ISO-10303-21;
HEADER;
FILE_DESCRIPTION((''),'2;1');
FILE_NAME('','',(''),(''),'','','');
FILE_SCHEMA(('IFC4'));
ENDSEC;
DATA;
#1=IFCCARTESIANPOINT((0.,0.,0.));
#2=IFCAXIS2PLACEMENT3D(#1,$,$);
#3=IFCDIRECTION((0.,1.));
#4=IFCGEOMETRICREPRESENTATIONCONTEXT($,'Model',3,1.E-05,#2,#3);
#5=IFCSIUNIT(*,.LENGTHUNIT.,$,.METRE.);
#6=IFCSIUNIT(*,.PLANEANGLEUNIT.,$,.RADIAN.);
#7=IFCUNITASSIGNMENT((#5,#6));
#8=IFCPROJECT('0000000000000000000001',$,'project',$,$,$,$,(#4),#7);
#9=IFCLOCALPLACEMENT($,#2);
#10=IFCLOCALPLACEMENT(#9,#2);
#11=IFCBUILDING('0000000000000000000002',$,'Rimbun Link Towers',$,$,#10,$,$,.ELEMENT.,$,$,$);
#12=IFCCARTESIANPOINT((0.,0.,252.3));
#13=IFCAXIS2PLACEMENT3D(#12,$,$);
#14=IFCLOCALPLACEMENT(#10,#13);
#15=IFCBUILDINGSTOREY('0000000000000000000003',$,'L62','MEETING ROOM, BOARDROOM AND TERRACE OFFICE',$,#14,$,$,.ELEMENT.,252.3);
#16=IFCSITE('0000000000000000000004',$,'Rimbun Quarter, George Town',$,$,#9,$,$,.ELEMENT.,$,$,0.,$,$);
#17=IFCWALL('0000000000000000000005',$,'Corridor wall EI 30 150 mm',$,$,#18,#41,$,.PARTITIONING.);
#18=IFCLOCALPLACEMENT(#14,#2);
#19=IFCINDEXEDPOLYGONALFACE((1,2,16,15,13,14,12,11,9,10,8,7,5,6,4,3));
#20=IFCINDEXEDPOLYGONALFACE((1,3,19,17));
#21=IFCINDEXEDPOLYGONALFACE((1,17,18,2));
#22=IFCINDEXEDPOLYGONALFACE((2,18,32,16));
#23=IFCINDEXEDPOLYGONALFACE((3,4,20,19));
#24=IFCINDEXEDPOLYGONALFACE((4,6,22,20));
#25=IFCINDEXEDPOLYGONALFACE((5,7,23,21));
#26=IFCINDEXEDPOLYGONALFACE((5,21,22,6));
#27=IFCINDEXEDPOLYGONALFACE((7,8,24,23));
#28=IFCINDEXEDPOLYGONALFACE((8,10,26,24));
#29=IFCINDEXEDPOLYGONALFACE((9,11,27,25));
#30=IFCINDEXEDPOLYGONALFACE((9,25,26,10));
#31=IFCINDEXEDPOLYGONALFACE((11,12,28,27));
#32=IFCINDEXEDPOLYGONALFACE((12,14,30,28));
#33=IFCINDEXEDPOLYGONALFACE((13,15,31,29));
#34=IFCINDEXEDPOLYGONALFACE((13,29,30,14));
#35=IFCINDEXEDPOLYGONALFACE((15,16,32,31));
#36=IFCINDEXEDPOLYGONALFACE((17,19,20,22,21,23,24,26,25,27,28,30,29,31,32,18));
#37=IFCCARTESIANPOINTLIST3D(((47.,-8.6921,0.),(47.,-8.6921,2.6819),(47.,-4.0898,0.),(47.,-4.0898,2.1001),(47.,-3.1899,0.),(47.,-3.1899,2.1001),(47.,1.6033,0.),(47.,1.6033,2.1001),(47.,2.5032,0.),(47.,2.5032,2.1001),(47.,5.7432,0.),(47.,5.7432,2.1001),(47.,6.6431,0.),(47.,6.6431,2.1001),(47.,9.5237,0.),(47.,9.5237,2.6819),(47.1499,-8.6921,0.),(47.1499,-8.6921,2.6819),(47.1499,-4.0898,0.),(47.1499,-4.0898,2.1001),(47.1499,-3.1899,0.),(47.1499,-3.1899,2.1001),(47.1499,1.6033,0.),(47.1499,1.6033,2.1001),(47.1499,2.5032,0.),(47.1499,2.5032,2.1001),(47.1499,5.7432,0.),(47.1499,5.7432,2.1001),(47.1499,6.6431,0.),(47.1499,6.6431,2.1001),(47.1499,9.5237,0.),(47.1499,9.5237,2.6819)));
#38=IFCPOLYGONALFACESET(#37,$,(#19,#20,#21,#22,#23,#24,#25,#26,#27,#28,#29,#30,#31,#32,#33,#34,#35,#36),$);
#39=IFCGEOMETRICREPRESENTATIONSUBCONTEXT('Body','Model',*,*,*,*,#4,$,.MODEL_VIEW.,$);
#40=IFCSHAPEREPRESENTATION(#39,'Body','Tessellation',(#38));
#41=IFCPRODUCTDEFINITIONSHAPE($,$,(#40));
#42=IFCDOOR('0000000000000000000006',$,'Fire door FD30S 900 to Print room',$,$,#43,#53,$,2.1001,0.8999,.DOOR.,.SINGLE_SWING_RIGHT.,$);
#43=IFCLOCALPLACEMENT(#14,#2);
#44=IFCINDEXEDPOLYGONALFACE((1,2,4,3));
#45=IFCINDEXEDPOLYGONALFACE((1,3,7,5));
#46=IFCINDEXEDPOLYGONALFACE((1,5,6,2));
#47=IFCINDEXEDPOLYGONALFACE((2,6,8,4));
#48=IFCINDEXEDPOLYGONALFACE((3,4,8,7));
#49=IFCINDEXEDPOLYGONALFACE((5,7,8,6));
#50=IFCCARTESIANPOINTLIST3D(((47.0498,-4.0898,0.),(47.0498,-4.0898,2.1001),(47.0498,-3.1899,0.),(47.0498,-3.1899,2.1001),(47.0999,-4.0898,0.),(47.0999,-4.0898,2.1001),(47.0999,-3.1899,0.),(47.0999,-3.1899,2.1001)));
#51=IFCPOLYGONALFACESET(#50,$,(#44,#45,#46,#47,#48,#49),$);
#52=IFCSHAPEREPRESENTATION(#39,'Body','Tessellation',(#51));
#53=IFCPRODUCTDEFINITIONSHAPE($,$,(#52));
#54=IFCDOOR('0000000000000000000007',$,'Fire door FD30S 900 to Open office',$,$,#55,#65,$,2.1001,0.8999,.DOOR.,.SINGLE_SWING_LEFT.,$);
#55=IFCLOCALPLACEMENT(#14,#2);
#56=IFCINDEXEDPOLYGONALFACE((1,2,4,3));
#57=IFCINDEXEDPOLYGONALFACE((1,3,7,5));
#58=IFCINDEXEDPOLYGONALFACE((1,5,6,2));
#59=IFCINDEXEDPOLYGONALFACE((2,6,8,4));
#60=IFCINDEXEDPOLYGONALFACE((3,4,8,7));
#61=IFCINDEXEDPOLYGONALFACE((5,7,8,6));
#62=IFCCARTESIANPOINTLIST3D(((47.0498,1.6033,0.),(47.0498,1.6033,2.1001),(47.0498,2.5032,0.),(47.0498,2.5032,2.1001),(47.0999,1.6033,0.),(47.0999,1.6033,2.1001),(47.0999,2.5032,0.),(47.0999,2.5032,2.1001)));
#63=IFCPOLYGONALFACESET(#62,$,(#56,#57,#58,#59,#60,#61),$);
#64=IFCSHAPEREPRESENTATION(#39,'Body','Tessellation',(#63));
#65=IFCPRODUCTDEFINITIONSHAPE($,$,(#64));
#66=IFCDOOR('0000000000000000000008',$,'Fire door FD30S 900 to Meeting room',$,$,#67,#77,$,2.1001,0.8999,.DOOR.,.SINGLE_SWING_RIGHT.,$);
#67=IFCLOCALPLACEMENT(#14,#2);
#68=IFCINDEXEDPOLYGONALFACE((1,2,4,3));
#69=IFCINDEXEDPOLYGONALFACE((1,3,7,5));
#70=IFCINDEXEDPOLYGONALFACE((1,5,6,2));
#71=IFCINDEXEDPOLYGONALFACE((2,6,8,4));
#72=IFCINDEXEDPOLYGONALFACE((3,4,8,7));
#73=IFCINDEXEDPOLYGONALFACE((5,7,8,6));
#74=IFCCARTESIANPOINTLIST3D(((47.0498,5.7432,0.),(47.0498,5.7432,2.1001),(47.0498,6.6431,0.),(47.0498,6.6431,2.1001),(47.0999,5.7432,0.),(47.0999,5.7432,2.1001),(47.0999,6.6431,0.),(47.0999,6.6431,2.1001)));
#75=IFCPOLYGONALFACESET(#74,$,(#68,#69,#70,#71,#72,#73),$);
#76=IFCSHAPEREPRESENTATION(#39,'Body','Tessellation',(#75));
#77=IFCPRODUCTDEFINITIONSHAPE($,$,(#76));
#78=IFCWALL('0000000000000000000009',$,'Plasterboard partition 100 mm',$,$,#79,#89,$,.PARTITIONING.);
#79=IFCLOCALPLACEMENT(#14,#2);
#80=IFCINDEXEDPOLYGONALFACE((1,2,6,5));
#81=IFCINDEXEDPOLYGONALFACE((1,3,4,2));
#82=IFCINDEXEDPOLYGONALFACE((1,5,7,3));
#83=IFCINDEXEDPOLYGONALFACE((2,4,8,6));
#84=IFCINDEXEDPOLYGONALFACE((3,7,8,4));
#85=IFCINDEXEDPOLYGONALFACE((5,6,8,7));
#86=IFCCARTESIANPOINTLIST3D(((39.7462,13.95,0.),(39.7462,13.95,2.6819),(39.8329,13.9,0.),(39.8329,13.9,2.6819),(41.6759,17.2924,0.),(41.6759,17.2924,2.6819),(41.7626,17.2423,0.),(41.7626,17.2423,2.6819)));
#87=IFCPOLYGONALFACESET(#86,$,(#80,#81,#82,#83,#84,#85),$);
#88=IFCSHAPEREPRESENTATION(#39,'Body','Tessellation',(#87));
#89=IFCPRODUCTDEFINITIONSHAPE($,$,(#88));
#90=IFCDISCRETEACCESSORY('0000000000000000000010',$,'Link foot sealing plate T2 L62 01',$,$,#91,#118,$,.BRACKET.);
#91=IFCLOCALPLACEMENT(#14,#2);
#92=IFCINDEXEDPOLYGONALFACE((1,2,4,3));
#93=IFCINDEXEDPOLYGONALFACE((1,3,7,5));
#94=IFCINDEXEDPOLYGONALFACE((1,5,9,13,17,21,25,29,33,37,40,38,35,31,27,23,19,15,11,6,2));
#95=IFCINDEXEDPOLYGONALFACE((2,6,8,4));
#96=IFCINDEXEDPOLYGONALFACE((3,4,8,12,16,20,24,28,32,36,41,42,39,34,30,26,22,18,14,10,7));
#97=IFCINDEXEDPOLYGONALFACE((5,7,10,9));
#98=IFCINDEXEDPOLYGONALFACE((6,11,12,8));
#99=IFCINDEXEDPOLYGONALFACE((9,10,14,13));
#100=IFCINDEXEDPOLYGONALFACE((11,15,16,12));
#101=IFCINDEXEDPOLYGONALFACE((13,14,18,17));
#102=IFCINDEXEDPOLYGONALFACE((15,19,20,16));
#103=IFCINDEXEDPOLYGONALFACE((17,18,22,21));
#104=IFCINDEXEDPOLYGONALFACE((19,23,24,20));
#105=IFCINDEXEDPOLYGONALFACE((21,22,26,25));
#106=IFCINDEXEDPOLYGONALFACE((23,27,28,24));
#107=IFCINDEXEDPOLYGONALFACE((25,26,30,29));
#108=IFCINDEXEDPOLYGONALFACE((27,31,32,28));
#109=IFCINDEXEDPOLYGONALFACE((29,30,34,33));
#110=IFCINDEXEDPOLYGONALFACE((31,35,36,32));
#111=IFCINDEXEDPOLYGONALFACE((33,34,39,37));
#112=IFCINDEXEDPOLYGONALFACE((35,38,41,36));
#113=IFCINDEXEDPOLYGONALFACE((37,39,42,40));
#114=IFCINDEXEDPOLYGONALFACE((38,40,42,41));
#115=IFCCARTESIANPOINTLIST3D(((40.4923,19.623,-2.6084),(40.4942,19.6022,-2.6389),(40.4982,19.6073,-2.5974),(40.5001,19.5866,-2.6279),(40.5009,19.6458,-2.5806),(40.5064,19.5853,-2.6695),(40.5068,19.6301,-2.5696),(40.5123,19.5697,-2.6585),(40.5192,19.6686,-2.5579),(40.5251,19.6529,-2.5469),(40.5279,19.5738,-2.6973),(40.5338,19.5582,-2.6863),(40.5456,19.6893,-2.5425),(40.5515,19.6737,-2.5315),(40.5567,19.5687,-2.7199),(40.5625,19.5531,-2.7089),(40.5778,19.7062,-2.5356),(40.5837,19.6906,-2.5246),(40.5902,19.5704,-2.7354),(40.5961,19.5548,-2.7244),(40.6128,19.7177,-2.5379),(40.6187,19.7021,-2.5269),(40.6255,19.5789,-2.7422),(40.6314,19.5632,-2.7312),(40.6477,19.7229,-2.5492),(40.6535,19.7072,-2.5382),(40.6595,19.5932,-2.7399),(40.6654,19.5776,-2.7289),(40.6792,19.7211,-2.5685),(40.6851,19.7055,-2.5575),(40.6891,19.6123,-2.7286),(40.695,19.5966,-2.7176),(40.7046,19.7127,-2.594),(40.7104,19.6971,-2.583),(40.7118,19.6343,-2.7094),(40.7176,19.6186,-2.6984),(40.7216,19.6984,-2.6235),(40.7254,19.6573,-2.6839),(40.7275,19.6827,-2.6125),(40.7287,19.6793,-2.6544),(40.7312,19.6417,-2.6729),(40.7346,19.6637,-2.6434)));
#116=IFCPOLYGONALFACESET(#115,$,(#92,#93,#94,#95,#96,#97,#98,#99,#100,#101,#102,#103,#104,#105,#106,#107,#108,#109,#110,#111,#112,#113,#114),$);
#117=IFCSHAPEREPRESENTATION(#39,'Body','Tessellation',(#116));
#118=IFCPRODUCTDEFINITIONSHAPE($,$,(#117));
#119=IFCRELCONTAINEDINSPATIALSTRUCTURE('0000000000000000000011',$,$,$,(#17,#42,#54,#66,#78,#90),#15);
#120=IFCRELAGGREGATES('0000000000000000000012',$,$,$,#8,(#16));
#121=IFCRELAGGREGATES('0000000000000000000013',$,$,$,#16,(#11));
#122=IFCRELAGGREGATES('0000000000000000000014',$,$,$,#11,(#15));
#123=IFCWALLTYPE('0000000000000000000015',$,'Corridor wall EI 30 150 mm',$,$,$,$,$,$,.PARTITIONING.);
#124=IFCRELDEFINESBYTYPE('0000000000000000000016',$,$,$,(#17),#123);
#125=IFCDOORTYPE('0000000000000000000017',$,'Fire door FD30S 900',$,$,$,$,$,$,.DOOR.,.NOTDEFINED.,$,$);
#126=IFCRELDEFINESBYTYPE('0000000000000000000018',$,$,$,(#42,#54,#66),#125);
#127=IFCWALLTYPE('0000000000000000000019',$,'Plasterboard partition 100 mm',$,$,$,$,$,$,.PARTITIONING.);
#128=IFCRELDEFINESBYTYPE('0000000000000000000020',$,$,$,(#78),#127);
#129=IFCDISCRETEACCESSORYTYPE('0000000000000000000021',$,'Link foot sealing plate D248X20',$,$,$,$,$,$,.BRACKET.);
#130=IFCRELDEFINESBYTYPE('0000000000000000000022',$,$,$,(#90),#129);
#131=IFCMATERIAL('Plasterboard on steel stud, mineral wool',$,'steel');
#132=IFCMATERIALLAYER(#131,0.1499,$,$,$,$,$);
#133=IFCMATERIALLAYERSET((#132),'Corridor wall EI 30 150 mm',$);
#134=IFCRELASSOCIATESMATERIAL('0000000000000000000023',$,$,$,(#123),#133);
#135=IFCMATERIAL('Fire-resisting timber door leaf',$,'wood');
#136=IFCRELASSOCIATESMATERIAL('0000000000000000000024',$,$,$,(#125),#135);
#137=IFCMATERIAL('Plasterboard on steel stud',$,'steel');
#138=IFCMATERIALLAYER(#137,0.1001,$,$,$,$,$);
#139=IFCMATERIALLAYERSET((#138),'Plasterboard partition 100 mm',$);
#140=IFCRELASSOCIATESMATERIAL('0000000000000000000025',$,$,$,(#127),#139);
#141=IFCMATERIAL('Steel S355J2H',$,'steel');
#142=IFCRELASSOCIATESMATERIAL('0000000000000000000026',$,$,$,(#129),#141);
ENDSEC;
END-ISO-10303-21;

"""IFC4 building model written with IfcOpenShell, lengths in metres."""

from ifc_helpers import new_model, si_unit, direction, frame, frame_2d, origin, origin_2d, place, context, subcontext, project, spatial, rectangle, circle, extrude, material, layer, layer_set, material_profile, profile_set, type_object, element, fill, save


model = new_model("IFC4")

# Units and contexts
model_context = context("Model", 3, precision=1e-05, world=origin(), true_north=direction((0.0, 1.0)))
body_context = subcontext(model_context, "Body", "Model", "MODEL_VIEW")
ifc_project = project(units=[si_unit("LENGTHUNIT", "METRE"), si_unit("PLANEANGLEUNIT", "RADIAN")], contexts=[model_context])

# Site, building, storey
site_placement = place(None, origin())
site = spatial("IfcSite", under=ifc_project, at=site_placement, Name="Rimbun Quarter, George Town", CompositionType="ELEMENT", RefElevation=0.0)
building_placement = place(site_placement, origin())
building = spatial("IfcBuilding", under=site, at=building_placement, Name="Rimbun Link Towers", CompositionType="ELEMENT")
storey_placement = place(building_placement, frame((0.0, 0.0, 252.3)))
storey = spatial("IfcBuildingStorey", under=building, at=storey_placement, Name="L62", Description="MEETING ROOM, BOARDROOM AND TERRACE OFFICE", CompositionType="ELEMENT", Elevation=252.3)

# Wall, openings, doors
ifc_material_1 = material(Name="Plasterboard on steel stud, mineral wool", Category="steel")
ifc_layer_1 = layer(ifc_material_1, 0.1499)
ifc_layer_set_1 = layer_set([ifc_layer_1], Name="Corridor wall EI 30 150 mm")
wall_type_1 = type_object("IfcWallType", Name="Corridor wall EI 30 150 mm", PredefinedType="PARTITIONING", material=ifc_layer_set_1)
wall_1_placement = place(storey_placement, frame((47.075, 9.5237, 0.0), z_axis=(0.0, 0.0, 1.0), x_axis=(0.0, -1.0, 0.0)))
wall_1 = element("IfcWall", 1, at=wall_1_placement, inside=storey, type_object=wall_type_1, Name="Corridor wall EI 30 150 mm", PredefinedType="PARTITIONING", context=body_context, shape_type="SweptSolid", body=[
    extrude(rectangle(XDim=18.2158, YDim=0.1499, at=frame_2d((9.1079, 0.0))), origin(), (0.0, 0.0, 1.0), 2.6819),
])
opening_1_placement = place(wall_1_placement, frame((12.7136, 0.0, 0.0)))
opening_1 = element("IfcOpeningElement", 2, at=opening_1_placement, cuts=wall_1, PredefinedType="OPENING", context=body_context, shape_type="SweptSolid", body=[
    extrude(rectangle(XDim=0.8999, YDim=2.1001, at=frame_2d((0.45, 1.05))), frame((0.0, 0.085, 0.0), z_axis=(0.0, -1.0, 0.0), x_axis=(1.0, 0.0, 0.0)), (0.0, 0.0, 1.0), 0.1699),
])
opening_2_placement = place(wall_1_placement, frame((7.0205, 0.0, 0.0)))
opening_2 = element("IfcOpeningElement", 3, at=opening_2_placement, cuts=wall_1, PredefinedType="OPENING", context=body_context, shape_type="SweptSolid", body=[
    extrude(rectangle(XDim=0.8999, YDim=2.1001, at=frame_2d((0.45, 1.05))), frame((0.0, 0.085, 0.0), z_axis=(0.0, -1.0, 0.0), x_axis=(1.0, 0.0, 0.0)), (0.0, 0.0, 1.0), 0.1699),
])
opening_3_placement = place(wall_1_placement, frame((2.8806, 0.0, 0.0)))
opening_3 = element("IfcOpeningElement", 4, at=opening_3_placement, cuts=wall_1, PredefinedType="OPENING", context=body_context, shape_type="SweptSolid", body=[
    extrude(rectangle(XDim=0.8999, YDim=2.1001, at=frame_2d((0.45, 1.05))), frame((0.0, 0.085, 0.0), z_axis=(0.0, -1.0, 0.0), x_axis=(1.0, 0.0, 0.0)), (0.0, 0.0, 1.0), 0.1699),
])
ifc_material_2 = material(Name="Fire-resisting timber door leaf", Category="wood")
door_type = type_object("IfcDoorType", Name="Fire door FD30S 900", OperationType="NOTDEFINED", PredefinedType="DOOR", material=ifc_material_2)
door_1_placement = place(opening_1_placement, origin())
door_1 = element("IfcDoor", 5, at=door_1_placement, inside=storey, type_object=door_type, Name="Fire door FD30S 900 to Print room", OperationType="SINGLE_SWING_RIGHT", OverallHeight=2.1001, OverallWidth=0.8999, PredefinedType="DOOR", context=body_context, shape_type="SweptSolid", body=[
    extrude(rectangle(XDim=0.8999, YDim=2.1001, at=frame_2d((0.45, 1.05))), frame((0.0, 0.0249, 0.0), z_axis=(0.0, -1.0, 0.0), x_axis=(1.0, 0.0, 0.0)), (0.0, 0.0, 1.0), 0.05),
])
fill(opening_1, door_1)
door_2_placement = place(opening_2_placement, origin())
door_2 = element("IfcDoor", 6, at=door_2_placement, inside=storey, type_object=door_type, Name="Fire door FD30S 900 to Open office", OperationType="SINGLE_SWING_LEFT", OverallHeight=2.1001, OverallWidth=0.8999, PredefinedType="DOOR", context=body_context, shape_type="SweptSolid", body=[
    extrude(rectangle(XDim=0.8999, YDim=2.1001, at=frame_2d((0.45, 1.05))), frame((0.0, 0.0249, 0.0), z_axis=(0.0, -1.0, 0.0), x_axis=(1.0, 0.0, 0.0)), (0.0, 0.0, 1.0), 0.05),
])
fill(opening_2, door_2)
door_3_placement = place(opening_3_placement, origin())
door_3 = element("IfcDoor", 7, at=door_3_placement, inside=storey, type_object=door_type, Name="Fire door FD30S 900 to Meeting room", OperationType="SINGLE_SWING_RIGHT", OverallHeight=2.1001, OverallWidth=0.8999, PredefinedType="DOOR", context=body_context, shape_type="SweptSolid", body=[
    extrude(rectangle(XDim=0.8999, YDim=2.1001, at=frame_2d((0.45, 1.05))), frame((0.0, 0.0249, 0.0), z_axis=(0.0, -1.0, 0.0), x_axis=(1.0, 0.0, 0.0)), (0.0, 0.0, 1.0), 0.05),
])
fill(opening_3, door_3)

# Wall
ifc_material_3 = material(Name="Plasterboard on steel stud", Category="steel")
ifc_layer_2 = layer(ifc_material_3, 0.1001)
ifc_layer_set_2 = layer_set([ifc_layer_2], Name="Plasterboard partition 100 mm")
wall_type_2 = type_object("IfcWallType", Name="Plasterboard partition 100 mm", PredefinedType="PARTITIONING", material=ifc_layer_set_2)
wall_2_placement = place(storey_placement, frame((41.7192, 17.2673, 0.0), z_axis=(0.0, 0.0, 1.0), x_axis=(-0.500004, -0.866023, 0.0)))
element("IfcWall", 8, at=wall_2_placement, inside=storey, type_object=wall_type_2, Name="Plasterboard partition 100 mm", PredefinedType="PARTITIONING", context=body_context, shape_type="SweptSolid", body=[
    extrude(rectangle(XDim=3.8594, YDim=0.1001, at=frame_2d((1.9297, 0.0))), origin(), (0.0, 0.0, 1.0), 2.6819),
])

# Discrete accessory
ifc_material_4 = material(Name="Steel S355J2H", Category="steel")
ifc_material_profile_1 = material_profile(ifc_material_4, circle(Radius=0.124, at=origin_2d()), Name="PL D248")
ifc_profile_set_1 = profile_set([ifc_material_profile_1], Name="Steel S355J2H")
discrete_accessory_type = type_object("IfcDiscreteAccessoryType", Name="Link foot sealing plate D248X20", PredefinedType="BRACKET", material=ifc_profile_set_1)
discrete_accessory_placement = place(storey_placement, frame((40.6162, 19.6301, -2.6279), z_axis=(-0.293272, 0.78206, -0.549886), x_axis=(-0.936329, -0.351123, 0.0)))
element("IfcDiscreteAccessory", 9, at=discrete_accessory_placement, inside=storey, type_object=discrete_accessory_type, Name="Link foot sealing plate T2 L62 01", PredefinedType="BRACKET", context=body_context, shape_type="SweptSolid", body=[
    extrude(circle(Radius=0.124, at=origin_2d()), origin(), (0.0, 0.0, 1.0), 0.02),
])

save(model, "model.ifc")
